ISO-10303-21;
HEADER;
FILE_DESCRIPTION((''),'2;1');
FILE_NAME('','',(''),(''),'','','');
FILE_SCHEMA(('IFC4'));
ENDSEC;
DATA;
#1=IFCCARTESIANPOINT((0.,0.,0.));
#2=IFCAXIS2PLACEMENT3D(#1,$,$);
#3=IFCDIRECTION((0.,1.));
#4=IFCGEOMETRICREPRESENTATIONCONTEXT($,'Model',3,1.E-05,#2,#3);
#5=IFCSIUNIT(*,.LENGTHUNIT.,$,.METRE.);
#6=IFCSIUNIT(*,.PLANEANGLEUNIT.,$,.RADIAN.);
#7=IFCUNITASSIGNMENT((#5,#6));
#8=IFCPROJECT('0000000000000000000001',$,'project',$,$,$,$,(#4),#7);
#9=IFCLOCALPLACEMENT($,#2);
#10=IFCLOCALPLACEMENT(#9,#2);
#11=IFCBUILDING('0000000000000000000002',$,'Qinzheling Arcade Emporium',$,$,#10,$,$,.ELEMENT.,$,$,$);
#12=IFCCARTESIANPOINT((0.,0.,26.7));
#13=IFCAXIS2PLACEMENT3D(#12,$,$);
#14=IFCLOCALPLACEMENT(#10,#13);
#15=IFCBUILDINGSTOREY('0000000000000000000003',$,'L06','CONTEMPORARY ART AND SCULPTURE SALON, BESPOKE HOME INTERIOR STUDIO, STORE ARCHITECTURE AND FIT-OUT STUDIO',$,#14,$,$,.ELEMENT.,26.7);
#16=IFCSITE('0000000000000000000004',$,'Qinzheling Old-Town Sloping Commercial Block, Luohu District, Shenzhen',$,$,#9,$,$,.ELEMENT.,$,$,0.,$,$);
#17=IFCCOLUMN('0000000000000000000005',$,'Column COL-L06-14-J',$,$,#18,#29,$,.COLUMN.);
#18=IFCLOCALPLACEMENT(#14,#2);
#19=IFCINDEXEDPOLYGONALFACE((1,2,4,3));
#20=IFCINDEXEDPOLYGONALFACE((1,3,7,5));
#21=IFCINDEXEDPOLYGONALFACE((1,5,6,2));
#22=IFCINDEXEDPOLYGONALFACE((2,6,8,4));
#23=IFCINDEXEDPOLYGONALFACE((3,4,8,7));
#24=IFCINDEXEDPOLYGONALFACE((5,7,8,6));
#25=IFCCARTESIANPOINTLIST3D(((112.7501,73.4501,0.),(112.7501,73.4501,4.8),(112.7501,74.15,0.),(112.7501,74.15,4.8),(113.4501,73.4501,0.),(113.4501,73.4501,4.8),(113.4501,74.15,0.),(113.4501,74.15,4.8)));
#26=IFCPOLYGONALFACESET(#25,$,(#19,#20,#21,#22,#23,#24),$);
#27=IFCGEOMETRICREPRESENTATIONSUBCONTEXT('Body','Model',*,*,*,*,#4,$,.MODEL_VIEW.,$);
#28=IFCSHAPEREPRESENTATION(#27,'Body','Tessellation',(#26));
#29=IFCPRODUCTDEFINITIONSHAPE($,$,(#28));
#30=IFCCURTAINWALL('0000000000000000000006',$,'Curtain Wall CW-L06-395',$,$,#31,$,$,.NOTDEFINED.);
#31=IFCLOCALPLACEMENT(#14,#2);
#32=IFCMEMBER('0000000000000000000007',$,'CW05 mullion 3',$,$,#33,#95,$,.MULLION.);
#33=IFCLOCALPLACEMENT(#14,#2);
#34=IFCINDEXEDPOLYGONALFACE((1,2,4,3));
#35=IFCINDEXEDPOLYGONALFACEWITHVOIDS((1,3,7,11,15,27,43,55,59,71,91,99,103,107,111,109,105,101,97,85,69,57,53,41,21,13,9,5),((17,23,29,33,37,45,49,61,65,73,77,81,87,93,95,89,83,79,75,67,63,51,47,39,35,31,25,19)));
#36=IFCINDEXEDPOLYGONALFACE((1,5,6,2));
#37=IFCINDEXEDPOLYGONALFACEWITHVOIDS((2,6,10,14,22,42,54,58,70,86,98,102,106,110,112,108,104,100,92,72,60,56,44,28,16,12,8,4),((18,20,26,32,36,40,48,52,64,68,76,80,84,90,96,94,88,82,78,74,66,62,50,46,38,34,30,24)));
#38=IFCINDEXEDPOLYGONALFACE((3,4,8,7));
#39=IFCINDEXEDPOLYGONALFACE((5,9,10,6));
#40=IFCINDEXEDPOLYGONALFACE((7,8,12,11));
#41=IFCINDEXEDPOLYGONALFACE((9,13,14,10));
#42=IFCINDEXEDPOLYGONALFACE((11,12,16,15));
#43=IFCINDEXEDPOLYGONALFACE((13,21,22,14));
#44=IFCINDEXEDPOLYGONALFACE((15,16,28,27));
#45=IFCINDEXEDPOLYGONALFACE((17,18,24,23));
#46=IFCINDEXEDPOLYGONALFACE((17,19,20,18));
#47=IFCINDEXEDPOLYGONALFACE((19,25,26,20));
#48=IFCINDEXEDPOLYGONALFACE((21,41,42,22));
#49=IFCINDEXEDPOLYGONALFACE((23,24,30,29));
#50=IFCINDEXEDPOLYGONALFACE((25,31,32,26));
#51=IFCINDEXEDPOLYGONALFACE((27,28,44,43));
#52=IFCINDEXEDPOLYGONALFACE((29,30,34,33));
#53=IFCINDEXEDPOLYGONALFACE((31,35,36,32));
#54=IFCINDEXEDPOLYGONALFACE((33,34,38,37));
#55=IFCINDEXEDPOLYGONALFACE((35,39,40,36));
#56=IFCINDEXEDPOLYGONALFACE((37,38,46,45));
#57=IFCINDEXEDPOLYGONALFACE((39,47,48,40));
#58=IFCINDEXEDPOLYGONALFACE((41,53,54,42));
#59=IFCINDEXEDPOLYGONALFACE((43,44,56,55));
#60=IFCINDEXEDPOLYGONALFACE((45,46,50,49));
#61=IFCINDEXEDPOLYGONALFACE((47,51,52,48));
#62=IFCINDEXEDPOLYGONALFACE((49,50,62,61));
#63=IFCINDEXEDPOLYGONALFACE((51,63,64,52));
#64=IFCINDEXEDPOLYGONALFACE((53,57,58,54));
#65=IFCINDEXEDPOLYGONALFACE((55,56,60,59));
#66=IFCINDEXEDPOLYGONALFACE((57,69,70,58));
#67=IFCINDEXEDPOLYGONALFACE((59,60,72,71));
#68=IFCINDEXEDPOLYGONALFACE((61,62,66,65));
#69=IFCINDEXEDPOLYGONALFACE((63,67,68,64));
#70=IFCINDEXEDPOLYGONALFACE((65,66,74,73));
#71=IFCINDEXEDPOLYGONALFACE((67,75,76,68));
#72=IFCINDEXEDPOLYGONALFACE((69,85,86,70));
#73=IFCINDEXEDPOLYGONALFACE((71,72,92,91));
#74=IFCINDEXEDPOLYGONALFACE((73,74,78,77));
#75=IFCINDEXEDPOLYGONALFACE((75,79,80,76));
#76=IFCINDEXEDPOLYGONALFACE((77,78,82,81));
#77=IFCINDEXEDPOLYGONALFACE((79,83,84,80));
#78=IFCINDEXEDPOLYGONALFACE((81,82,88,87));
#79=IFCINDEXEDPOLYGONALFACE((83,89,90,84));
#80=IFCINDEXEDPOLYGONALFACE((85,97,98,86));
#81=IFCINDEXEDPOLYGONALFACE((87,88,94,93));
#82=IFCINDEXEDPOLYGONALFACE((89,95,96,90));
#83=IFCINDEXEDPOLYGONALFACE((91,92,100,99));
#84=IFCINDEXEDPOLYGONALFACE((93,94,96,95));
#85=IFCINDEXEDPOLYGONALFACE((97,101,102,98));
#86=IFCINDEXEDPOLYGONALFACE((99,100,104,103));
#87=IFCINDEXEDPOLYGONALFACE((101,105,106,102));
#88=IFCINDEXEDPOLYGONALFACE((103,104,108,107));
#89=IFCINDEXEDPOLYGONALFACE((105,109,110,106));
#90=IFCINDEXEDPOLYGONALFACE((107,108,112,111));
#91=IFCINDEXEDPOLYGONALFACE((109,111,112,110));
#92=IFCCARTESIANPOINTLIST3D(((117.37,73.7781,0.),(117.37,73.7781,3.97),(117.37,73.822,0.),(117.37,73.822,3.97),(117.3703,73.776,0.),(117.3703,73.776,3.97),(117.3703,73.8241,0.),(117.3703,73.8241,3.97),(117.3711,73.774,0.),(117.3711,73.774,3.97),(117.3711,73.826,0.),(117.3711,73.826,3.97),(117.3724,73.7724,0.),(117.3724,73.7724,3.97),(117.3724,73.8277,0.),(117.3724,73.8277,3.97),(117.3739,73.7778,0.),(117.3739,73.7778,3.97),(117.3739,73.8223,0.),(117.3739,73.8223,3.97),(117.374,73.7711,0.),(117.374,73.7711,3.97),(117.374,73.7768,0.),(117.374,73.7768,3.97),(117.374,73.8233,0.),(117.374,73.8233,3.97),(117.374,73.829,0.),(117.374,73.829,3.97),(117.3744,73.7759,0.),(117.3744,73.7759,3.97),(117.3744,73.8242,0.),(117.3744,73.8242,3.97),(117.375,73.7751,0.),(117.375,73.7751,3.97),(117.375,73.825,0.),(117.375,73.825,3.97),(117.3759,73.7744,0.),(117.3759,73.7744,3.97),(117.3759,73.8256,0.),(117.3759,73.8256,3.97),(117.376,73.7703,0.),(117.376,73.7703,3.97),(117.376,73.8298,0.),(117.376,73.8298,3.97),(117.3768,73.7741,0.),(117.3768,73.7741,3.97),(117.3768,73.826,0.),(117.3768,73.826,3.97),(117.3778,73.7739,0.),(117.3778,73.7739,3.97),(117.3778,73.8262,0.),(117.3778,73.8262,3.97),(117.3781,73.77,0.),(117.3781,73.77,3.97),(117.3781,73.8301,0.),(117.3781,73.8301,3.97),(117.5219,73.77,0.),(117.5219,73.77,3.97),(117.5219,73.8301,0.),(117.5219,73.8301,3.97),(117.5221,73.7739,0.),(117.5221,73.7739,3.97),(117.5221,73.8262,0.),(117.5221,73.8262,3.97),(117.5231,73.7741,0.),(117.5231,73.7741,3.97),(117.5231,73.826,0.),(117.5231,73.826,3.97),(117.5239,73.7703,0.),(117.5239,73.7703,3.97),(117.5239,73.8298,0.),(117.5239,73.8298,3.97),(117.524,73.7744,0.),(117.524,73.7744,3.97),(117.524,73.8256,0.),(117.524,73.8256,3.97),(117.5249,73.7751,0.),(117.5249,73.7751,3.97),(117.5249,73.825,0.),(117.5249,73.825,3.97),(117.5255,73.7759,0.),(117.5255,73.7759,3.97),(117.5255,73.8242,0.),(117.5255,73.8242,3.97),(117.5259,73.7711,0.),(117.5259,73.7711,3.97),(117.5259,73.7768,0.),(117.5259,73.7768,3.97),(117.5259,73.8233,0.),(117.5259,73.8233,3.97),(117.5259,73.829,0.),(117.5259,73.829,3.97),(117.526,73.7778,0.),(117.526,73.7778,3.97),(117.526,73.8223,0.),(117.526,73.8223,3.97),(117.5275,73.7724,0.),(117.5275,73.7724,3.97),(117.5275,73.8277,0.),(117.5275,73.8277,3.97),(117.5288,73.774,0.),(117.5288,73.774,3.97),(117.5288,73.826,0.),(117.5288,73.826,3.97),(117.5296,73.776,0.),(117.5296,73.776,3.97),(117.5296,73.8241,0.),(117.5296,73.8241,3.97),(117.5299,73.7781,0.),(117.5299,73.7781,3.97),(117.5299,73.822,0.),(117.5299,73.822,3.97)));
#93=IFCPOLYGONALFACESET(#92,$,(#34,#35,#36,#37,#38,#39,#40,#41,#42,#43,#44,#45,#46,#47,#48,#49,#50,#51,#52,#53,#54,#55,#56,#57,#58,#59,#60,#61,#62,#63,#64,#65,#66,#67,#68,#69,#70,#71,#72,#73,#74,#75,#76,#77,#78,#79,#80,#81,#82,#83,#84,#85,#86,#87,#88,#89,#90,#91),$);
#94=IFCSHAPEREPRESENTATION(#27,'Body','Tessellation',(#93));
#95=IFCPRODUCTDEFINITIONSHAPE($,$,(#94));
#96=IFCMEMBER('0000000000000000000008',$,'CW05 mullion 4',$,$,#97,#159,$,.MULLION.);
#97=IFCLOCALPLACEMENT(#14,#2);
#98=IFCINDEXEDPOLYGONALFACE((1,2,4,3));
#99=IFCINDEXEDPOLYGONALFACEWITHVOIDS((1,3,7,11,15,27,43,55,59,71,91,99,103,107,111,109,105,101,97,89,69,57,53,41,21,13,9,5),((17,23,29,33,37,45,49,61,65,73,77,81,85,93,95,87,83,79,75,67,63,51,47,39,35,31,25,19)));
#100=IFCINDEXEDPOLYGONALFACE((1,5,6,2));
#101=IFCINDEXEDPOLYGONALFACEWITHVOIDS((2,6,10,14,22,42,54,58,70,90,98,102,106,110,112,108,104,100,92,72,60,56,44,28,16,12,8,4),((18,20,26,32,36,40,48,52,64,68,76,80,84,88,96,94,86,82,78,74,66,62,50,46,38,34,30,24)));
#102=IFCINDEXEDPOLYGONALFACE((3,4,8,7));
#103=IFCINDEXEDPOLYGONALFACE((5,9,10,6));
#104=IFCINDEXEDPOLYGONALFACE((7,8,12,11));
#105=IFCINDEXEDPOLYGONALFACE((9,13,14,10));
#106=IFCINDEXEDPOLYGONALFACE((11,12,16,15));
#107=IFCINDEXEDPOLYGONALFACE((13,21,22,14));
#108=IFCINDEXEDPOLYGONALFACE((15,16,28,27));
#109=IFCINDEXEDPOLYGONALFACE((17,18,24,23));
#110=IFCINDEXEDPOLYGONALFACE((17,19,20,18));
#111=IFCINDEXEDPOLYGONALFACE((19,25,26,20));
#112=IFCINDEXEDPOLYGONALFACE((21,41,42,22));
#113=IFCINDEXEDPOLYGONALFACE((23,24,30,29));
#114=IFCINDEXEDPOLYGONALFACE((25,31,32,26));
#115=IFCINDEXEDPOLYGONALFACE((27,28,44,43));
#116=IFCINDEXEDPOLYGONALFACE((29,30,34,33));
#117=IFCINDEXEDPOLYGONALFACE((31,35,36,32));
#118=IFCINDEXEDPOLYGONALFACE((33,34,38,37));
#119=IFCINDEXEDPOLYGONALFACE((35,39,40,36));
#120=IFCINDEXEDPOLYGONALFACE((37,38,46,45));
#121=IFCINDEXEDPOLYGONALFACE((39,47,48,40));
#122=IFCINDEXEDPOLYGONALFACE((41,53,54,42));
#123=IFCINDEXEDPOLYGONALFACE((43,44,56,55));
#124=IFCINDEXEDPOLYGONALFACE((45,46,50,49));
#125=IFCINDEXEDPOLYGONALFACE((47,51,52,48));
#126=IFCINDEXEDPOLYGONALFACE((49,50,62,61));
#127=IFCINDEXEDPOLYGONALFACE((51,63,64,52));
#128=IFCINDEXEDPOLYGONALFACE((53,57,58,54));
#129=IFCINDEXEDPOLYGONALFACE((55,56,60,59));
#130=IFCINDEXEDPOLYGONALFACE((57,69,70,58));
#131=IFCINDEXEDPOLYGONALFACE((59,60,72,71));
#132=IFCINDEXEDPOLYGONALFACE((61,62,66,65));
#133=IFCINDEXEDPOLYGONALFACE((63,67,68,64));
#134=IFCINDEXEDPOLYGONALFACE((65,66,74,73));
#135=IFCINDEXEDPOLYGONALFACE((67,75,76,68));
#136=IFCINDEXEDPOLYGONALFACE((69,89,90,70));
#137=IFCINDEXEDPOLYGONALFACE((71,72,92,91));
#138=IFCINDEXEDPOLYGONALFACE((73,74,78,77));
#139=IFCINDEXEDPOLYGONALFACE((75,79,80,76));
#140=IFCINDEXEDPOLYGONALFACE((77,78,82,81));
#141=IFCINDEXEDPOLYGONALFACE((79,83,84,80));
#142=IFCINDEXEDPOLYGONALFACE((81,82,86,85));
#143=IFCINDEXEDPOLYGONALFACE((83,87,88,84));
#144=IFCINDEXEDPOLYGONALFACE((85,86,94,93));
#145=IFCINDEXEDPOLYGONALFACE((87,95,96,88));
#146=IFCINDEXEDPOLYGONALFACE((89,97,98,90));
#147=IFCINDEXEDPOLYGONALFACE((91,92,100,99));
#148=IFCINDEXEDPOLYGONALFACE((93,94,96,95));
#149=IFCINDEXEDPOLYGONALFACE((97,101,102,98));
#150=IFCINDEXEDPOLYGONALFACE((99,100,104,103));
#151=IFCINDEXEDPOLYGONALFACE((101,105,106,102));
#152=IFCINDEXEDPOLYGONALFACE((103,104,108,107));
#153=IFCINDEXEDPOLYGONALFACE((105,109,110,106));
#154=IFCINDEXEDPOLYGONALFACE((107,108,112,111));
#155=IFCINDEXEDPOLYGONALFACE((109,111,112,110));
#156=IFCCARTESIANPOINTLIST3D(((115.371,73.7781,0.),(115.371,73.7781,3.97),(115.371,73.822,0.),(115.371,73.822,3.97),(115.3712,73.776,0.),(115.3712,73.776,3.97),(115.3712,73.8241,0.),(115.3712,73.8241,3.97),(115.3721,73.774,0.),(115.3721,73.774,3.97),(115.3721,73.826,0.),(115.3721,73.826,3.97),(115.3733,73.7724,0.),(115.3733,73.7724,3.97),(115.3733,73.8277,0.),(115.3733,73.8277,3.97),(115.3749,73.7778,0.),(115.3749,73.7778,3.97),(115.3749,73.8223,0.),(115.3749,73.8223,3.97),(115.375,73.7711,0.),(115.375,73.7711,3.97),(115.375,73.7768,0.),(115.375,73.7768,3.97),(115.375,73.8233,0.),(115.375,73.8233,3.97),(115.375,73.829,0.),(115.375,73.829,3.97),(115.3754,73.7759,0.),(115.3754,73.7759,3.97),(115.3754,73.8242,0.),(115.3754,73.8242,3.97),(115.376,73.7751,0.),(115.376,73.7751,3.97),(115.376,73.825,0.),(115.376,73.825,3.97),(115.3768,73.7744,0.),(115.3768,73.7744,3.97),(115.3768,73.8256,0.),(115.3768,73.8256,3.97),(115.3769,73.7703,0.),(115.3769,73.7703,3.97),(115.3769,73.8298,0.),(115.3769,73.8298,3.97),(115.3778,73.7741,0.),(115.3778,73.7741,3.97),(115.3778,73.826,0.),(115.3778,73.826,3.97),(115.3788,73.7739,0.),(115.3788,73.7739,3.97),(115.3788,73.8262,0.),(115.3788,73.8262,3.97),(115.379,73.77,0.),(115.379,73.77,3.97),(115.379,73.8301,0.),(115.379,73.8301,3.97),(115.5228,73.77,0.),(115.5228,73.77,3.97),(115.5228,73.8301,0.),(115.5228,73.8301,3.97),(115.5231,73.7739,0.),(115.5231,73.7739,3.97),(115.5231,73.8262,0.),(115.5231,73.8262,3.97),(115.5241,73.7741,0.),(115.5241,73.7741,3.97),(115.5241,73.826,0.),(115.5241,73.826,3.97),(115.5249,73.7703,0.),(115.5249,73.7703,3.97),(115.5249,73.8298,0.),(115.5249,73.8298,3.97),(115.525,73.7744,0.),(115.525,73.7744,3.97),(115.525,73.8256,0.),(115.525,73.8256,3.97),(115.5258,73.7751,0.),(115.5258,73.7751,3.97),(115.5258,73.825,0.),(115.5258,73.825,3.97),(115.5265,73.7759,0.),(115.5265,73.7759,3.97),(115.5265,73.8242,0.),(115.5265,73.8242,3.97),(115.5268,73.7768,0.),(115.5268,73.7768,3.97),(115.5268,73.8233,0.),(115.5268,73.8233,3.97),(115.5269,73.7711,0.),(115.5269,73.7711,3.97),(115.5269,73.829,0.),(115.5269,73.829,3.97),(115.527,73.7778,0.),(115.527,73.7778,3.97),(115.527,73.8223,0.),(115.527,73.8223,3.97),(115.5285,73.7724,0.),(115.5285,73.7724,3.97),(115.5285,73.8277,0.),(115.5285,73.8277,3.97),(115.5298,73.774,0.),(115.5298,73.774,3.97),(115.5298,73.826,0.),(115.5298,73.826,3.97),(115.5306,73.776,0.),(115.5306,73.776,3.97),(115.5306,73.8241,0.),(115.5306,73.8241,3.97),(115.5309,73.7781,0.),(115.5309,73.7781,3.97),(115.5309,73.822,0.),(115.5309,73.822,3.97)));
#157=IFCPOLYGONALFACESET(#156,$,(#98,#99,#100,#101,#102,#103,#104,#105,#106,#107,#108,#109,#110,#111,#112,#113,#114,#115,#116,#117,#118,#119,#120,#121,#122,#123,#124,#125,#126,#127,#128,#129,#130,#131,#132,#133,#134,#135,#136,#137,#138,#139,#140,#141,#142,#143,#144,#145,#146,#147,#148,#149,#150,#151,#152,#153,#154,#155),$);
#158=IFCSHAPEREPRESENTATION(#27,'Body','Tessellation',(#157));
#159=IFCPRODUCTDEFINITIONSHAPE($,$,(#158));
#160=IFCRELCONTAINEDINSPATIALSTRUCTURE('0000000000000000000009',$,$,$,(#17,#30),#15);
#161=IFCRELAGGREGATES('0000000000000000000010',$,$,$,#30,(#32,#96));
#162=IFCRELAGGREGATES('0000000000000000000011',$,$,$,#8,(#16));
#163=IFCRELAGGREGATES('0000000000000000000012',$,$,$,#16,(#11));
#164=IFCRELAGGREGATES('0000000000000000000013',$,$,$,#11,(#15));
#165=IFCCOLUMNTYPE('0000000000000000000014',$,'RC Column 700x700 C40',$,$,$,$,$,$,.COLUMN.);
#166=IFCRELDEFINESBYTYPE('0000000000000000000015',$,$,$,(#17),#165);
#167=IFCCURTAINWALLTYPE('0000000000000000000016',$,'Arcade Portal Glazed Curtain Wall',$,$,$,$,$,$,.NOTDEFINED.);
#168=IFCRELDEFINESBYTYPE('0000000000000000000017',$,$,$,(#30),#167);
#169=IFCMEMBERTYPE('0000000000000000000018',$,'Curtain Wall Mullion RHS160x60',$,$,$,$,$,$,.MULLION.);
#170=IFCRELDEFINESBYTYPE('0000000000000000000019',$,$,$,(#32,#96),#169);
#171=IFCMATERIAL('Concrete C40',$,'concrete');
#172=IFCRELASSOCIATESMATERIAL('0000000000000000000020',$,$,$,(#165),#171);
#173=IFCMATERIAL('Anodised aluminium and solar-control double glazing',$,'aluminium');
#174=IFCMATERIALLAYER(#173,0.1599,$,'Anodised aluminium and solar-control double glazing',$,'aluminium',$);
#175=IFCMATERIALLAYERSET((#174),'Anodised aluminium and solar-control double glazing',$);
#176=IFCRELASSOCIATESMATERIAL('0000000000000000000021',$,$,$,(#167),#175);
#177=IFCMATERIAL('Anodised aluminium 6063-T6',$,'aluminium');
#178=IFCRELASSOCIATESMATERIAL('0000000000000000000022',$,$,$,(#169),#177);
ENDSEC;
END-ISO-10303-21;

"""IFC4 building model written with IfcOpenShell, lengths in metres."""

from ifc_helpers import new_model, si_unit, direction, frame, origin, origin_2d, place, context, subcontext, project, spatial, rectangle, hollow_rectangle, extrude, material, layer, layer_set, material_profile, profile_set, type_object, element, aggregate, save


model = new_model("IFC4")

# Units and contexts
model_context = context("Model", 3, precision=1e-05, world=origin(), true_north=direction((0.0, 1.0)))
body_context = subcontext(model_context, "Body", "Model", "MODEL_VIEW")
ifc_project = project(units=[si_unit("LENGTHUNIT", "METRE"), si_unit("PLANEANGLEUNIT", "RADIAN")], contexts=[model_context])

# Site, building, storey
site_placement = place(None, origin())
site = spatial("IfcSite", under=ifc_project, at=site_placement, Name="Qinzheling Old-Town Sloping Commercial Block, Luohu District, Shenzhen", CompositionType="ELEMENT", RefElevation=0.0)
building_placement = place(site_placement, origin())
building = spatial("IfcBuilding", under=site, at=building_placement, Name="Qinzheling Arcade Emporium", CompositionType="ELEMENT")
storey_placement = place(building_placement, frame((0.0, 0.0, 26.7)))
storey = spatial("IfcBuildingStorey", under=building, at=storey_placement, Name="L06", Description="CONTEMPORARY ART AND SCULPTURE SALON, BESPOKE HOME INTERIOR STUDIO, STORE ARCHITECTURE AND FIT-OUT STUDIO", CompositionType="ELEMENT", Elevation=26.7)

# Column
ifc_material_1 = material(Name="Concrete C40", Category="concrete")
ifc_material_profile_1 = material_profile(ifc_material_1, rectangle(XDim=0.7, YDim=0.7, at=origin_2d()), Name="RC 700x700", Category="concrete")
ifc_profile_set_1 = profile_set([ifc_material_profile_1], Name="Concrete C40")
column_type = type_object("IfcColumnType", Name="RC Column 700x700 C40", PredefinedType="COLUMN", material=ifc_profile_set_1)
column_placement = place(storey_placement, frame((113.1001, 73.8, 0.0), z_axis=(0.0, 0.0, 1.0), x_axis=(1.0, 0.0, 0.0)))
element("IfcColumn", 1, at=column_placement, inside=storey, type_object=column_type, Name="Column COL-L06-14-J", PredefinedType="COLUMN", context=body_context, shape_type="SweptSolid", body=[
    extrude(rectangle(XDim=0.7, YDim=0.7, at=origin_2d()), origin(), (0.0, 0.0, 1.0), 4.8),
])

# Curtain wall, members
ifc_material_2 = material(Name="Anodised aluminium and solar-control double glazing", Category="aluminium")
ifc_layer_1 = layer(ifc_material_2, 0.1599, Name="Anodised aluminium and solar-control double glazing", Category="aluminium")
ifc_layer_set_1 = layer_set([ifc_layer_1], Name="Anodised aluminium and solar-control double glazing")
curtain_wall_type = type_object("IfcCurtainWallType", Name="Arcade Portal Glazed Curtain Wall", PredefinedType="NOTDEFINED", material=ifc_layer_set_1)
curtain_wall_1_placement = place(storey_placement, origin())
curtain_wall_1 = element("IfcCurtainWall", 2, at=curtain_wall_1_placement, inside=storey, type_object=curtain_wall_type, Name="Curtain Wall CW-L06-395", PredefinedType="NOTDEFINED")
ifc_material_3 = material(Name="Anodised aluminium 6063-T6", Category="aluminium")
ifc_material_profile_2 = material_profile(ifc_material_3, hollow_rectangle(XDim=0.0601, YDim=0.1599, WallThickness=0.0039, InnerFilletRadius=0.0039, OuterFilletRadius=0.0081, at=origin_2d()), Name="RHS 160x60x4", Category="aluminium")
ifc_profile_set_2 = profile_set([ifc_material_profile_2], Name="Anodised aluminium 6063-T6")
member_type_1 = type_object("IfcMemberType", Name="Curtain Wall Mullion RHS160x60", PredefinedType="MULLION", material=ifc_profile_set_2)
member_1_placement = place(storey_placement, frame((117.45, 73.8, 0.0), z_axis=(0.0, 0.0, 1.0), x_axis=(0.0, -1.0, 0.0)))
member_1 = element("IfcMember", 3, at=member_1_placement, type_object=member_type_1, Name="CW05 mullion 3", PredefinedType="MULLION", context=body_context, shape_type="SweptSolid", body=[
    extrude(hollow_rectangle(XDim=0.0601, YDim=0.1599, WallThickness=0.0039, InnerFilletRadius=0.0039, OuterFilletRadius=0.0081, at=origin_2d()), origin(), (0.0, 0.0, 1.0), 3.97),
])
member_2_placement = place(storey_placement, frame((115.4509, 73.8, 0.0), z_axis=(0.0, 0.0, 1.0), x_axis=(0.0, -1.0, 0.0)))
member_2 = element("IfcMember", 4, at=member_2_placement, type_object=member_type_1, Name="CW05 mullion 4", PredefinedType="MULLION", context=body_context, shape_type="SweptSolid", body=[
    extrude(hollow_rectangle(XDim=0.0601, YDim=0.1599, WallThickness=0.0039, InnerFilletRadius=0.0039, OuterFilletRadius=0.0081, at=origin_2d()), origin(), (0.0, 0.0, 1.0), 3.97),
])

aggregate(curtain_wall_1, [member_1, member_2])

save(model, "model.ifc")
